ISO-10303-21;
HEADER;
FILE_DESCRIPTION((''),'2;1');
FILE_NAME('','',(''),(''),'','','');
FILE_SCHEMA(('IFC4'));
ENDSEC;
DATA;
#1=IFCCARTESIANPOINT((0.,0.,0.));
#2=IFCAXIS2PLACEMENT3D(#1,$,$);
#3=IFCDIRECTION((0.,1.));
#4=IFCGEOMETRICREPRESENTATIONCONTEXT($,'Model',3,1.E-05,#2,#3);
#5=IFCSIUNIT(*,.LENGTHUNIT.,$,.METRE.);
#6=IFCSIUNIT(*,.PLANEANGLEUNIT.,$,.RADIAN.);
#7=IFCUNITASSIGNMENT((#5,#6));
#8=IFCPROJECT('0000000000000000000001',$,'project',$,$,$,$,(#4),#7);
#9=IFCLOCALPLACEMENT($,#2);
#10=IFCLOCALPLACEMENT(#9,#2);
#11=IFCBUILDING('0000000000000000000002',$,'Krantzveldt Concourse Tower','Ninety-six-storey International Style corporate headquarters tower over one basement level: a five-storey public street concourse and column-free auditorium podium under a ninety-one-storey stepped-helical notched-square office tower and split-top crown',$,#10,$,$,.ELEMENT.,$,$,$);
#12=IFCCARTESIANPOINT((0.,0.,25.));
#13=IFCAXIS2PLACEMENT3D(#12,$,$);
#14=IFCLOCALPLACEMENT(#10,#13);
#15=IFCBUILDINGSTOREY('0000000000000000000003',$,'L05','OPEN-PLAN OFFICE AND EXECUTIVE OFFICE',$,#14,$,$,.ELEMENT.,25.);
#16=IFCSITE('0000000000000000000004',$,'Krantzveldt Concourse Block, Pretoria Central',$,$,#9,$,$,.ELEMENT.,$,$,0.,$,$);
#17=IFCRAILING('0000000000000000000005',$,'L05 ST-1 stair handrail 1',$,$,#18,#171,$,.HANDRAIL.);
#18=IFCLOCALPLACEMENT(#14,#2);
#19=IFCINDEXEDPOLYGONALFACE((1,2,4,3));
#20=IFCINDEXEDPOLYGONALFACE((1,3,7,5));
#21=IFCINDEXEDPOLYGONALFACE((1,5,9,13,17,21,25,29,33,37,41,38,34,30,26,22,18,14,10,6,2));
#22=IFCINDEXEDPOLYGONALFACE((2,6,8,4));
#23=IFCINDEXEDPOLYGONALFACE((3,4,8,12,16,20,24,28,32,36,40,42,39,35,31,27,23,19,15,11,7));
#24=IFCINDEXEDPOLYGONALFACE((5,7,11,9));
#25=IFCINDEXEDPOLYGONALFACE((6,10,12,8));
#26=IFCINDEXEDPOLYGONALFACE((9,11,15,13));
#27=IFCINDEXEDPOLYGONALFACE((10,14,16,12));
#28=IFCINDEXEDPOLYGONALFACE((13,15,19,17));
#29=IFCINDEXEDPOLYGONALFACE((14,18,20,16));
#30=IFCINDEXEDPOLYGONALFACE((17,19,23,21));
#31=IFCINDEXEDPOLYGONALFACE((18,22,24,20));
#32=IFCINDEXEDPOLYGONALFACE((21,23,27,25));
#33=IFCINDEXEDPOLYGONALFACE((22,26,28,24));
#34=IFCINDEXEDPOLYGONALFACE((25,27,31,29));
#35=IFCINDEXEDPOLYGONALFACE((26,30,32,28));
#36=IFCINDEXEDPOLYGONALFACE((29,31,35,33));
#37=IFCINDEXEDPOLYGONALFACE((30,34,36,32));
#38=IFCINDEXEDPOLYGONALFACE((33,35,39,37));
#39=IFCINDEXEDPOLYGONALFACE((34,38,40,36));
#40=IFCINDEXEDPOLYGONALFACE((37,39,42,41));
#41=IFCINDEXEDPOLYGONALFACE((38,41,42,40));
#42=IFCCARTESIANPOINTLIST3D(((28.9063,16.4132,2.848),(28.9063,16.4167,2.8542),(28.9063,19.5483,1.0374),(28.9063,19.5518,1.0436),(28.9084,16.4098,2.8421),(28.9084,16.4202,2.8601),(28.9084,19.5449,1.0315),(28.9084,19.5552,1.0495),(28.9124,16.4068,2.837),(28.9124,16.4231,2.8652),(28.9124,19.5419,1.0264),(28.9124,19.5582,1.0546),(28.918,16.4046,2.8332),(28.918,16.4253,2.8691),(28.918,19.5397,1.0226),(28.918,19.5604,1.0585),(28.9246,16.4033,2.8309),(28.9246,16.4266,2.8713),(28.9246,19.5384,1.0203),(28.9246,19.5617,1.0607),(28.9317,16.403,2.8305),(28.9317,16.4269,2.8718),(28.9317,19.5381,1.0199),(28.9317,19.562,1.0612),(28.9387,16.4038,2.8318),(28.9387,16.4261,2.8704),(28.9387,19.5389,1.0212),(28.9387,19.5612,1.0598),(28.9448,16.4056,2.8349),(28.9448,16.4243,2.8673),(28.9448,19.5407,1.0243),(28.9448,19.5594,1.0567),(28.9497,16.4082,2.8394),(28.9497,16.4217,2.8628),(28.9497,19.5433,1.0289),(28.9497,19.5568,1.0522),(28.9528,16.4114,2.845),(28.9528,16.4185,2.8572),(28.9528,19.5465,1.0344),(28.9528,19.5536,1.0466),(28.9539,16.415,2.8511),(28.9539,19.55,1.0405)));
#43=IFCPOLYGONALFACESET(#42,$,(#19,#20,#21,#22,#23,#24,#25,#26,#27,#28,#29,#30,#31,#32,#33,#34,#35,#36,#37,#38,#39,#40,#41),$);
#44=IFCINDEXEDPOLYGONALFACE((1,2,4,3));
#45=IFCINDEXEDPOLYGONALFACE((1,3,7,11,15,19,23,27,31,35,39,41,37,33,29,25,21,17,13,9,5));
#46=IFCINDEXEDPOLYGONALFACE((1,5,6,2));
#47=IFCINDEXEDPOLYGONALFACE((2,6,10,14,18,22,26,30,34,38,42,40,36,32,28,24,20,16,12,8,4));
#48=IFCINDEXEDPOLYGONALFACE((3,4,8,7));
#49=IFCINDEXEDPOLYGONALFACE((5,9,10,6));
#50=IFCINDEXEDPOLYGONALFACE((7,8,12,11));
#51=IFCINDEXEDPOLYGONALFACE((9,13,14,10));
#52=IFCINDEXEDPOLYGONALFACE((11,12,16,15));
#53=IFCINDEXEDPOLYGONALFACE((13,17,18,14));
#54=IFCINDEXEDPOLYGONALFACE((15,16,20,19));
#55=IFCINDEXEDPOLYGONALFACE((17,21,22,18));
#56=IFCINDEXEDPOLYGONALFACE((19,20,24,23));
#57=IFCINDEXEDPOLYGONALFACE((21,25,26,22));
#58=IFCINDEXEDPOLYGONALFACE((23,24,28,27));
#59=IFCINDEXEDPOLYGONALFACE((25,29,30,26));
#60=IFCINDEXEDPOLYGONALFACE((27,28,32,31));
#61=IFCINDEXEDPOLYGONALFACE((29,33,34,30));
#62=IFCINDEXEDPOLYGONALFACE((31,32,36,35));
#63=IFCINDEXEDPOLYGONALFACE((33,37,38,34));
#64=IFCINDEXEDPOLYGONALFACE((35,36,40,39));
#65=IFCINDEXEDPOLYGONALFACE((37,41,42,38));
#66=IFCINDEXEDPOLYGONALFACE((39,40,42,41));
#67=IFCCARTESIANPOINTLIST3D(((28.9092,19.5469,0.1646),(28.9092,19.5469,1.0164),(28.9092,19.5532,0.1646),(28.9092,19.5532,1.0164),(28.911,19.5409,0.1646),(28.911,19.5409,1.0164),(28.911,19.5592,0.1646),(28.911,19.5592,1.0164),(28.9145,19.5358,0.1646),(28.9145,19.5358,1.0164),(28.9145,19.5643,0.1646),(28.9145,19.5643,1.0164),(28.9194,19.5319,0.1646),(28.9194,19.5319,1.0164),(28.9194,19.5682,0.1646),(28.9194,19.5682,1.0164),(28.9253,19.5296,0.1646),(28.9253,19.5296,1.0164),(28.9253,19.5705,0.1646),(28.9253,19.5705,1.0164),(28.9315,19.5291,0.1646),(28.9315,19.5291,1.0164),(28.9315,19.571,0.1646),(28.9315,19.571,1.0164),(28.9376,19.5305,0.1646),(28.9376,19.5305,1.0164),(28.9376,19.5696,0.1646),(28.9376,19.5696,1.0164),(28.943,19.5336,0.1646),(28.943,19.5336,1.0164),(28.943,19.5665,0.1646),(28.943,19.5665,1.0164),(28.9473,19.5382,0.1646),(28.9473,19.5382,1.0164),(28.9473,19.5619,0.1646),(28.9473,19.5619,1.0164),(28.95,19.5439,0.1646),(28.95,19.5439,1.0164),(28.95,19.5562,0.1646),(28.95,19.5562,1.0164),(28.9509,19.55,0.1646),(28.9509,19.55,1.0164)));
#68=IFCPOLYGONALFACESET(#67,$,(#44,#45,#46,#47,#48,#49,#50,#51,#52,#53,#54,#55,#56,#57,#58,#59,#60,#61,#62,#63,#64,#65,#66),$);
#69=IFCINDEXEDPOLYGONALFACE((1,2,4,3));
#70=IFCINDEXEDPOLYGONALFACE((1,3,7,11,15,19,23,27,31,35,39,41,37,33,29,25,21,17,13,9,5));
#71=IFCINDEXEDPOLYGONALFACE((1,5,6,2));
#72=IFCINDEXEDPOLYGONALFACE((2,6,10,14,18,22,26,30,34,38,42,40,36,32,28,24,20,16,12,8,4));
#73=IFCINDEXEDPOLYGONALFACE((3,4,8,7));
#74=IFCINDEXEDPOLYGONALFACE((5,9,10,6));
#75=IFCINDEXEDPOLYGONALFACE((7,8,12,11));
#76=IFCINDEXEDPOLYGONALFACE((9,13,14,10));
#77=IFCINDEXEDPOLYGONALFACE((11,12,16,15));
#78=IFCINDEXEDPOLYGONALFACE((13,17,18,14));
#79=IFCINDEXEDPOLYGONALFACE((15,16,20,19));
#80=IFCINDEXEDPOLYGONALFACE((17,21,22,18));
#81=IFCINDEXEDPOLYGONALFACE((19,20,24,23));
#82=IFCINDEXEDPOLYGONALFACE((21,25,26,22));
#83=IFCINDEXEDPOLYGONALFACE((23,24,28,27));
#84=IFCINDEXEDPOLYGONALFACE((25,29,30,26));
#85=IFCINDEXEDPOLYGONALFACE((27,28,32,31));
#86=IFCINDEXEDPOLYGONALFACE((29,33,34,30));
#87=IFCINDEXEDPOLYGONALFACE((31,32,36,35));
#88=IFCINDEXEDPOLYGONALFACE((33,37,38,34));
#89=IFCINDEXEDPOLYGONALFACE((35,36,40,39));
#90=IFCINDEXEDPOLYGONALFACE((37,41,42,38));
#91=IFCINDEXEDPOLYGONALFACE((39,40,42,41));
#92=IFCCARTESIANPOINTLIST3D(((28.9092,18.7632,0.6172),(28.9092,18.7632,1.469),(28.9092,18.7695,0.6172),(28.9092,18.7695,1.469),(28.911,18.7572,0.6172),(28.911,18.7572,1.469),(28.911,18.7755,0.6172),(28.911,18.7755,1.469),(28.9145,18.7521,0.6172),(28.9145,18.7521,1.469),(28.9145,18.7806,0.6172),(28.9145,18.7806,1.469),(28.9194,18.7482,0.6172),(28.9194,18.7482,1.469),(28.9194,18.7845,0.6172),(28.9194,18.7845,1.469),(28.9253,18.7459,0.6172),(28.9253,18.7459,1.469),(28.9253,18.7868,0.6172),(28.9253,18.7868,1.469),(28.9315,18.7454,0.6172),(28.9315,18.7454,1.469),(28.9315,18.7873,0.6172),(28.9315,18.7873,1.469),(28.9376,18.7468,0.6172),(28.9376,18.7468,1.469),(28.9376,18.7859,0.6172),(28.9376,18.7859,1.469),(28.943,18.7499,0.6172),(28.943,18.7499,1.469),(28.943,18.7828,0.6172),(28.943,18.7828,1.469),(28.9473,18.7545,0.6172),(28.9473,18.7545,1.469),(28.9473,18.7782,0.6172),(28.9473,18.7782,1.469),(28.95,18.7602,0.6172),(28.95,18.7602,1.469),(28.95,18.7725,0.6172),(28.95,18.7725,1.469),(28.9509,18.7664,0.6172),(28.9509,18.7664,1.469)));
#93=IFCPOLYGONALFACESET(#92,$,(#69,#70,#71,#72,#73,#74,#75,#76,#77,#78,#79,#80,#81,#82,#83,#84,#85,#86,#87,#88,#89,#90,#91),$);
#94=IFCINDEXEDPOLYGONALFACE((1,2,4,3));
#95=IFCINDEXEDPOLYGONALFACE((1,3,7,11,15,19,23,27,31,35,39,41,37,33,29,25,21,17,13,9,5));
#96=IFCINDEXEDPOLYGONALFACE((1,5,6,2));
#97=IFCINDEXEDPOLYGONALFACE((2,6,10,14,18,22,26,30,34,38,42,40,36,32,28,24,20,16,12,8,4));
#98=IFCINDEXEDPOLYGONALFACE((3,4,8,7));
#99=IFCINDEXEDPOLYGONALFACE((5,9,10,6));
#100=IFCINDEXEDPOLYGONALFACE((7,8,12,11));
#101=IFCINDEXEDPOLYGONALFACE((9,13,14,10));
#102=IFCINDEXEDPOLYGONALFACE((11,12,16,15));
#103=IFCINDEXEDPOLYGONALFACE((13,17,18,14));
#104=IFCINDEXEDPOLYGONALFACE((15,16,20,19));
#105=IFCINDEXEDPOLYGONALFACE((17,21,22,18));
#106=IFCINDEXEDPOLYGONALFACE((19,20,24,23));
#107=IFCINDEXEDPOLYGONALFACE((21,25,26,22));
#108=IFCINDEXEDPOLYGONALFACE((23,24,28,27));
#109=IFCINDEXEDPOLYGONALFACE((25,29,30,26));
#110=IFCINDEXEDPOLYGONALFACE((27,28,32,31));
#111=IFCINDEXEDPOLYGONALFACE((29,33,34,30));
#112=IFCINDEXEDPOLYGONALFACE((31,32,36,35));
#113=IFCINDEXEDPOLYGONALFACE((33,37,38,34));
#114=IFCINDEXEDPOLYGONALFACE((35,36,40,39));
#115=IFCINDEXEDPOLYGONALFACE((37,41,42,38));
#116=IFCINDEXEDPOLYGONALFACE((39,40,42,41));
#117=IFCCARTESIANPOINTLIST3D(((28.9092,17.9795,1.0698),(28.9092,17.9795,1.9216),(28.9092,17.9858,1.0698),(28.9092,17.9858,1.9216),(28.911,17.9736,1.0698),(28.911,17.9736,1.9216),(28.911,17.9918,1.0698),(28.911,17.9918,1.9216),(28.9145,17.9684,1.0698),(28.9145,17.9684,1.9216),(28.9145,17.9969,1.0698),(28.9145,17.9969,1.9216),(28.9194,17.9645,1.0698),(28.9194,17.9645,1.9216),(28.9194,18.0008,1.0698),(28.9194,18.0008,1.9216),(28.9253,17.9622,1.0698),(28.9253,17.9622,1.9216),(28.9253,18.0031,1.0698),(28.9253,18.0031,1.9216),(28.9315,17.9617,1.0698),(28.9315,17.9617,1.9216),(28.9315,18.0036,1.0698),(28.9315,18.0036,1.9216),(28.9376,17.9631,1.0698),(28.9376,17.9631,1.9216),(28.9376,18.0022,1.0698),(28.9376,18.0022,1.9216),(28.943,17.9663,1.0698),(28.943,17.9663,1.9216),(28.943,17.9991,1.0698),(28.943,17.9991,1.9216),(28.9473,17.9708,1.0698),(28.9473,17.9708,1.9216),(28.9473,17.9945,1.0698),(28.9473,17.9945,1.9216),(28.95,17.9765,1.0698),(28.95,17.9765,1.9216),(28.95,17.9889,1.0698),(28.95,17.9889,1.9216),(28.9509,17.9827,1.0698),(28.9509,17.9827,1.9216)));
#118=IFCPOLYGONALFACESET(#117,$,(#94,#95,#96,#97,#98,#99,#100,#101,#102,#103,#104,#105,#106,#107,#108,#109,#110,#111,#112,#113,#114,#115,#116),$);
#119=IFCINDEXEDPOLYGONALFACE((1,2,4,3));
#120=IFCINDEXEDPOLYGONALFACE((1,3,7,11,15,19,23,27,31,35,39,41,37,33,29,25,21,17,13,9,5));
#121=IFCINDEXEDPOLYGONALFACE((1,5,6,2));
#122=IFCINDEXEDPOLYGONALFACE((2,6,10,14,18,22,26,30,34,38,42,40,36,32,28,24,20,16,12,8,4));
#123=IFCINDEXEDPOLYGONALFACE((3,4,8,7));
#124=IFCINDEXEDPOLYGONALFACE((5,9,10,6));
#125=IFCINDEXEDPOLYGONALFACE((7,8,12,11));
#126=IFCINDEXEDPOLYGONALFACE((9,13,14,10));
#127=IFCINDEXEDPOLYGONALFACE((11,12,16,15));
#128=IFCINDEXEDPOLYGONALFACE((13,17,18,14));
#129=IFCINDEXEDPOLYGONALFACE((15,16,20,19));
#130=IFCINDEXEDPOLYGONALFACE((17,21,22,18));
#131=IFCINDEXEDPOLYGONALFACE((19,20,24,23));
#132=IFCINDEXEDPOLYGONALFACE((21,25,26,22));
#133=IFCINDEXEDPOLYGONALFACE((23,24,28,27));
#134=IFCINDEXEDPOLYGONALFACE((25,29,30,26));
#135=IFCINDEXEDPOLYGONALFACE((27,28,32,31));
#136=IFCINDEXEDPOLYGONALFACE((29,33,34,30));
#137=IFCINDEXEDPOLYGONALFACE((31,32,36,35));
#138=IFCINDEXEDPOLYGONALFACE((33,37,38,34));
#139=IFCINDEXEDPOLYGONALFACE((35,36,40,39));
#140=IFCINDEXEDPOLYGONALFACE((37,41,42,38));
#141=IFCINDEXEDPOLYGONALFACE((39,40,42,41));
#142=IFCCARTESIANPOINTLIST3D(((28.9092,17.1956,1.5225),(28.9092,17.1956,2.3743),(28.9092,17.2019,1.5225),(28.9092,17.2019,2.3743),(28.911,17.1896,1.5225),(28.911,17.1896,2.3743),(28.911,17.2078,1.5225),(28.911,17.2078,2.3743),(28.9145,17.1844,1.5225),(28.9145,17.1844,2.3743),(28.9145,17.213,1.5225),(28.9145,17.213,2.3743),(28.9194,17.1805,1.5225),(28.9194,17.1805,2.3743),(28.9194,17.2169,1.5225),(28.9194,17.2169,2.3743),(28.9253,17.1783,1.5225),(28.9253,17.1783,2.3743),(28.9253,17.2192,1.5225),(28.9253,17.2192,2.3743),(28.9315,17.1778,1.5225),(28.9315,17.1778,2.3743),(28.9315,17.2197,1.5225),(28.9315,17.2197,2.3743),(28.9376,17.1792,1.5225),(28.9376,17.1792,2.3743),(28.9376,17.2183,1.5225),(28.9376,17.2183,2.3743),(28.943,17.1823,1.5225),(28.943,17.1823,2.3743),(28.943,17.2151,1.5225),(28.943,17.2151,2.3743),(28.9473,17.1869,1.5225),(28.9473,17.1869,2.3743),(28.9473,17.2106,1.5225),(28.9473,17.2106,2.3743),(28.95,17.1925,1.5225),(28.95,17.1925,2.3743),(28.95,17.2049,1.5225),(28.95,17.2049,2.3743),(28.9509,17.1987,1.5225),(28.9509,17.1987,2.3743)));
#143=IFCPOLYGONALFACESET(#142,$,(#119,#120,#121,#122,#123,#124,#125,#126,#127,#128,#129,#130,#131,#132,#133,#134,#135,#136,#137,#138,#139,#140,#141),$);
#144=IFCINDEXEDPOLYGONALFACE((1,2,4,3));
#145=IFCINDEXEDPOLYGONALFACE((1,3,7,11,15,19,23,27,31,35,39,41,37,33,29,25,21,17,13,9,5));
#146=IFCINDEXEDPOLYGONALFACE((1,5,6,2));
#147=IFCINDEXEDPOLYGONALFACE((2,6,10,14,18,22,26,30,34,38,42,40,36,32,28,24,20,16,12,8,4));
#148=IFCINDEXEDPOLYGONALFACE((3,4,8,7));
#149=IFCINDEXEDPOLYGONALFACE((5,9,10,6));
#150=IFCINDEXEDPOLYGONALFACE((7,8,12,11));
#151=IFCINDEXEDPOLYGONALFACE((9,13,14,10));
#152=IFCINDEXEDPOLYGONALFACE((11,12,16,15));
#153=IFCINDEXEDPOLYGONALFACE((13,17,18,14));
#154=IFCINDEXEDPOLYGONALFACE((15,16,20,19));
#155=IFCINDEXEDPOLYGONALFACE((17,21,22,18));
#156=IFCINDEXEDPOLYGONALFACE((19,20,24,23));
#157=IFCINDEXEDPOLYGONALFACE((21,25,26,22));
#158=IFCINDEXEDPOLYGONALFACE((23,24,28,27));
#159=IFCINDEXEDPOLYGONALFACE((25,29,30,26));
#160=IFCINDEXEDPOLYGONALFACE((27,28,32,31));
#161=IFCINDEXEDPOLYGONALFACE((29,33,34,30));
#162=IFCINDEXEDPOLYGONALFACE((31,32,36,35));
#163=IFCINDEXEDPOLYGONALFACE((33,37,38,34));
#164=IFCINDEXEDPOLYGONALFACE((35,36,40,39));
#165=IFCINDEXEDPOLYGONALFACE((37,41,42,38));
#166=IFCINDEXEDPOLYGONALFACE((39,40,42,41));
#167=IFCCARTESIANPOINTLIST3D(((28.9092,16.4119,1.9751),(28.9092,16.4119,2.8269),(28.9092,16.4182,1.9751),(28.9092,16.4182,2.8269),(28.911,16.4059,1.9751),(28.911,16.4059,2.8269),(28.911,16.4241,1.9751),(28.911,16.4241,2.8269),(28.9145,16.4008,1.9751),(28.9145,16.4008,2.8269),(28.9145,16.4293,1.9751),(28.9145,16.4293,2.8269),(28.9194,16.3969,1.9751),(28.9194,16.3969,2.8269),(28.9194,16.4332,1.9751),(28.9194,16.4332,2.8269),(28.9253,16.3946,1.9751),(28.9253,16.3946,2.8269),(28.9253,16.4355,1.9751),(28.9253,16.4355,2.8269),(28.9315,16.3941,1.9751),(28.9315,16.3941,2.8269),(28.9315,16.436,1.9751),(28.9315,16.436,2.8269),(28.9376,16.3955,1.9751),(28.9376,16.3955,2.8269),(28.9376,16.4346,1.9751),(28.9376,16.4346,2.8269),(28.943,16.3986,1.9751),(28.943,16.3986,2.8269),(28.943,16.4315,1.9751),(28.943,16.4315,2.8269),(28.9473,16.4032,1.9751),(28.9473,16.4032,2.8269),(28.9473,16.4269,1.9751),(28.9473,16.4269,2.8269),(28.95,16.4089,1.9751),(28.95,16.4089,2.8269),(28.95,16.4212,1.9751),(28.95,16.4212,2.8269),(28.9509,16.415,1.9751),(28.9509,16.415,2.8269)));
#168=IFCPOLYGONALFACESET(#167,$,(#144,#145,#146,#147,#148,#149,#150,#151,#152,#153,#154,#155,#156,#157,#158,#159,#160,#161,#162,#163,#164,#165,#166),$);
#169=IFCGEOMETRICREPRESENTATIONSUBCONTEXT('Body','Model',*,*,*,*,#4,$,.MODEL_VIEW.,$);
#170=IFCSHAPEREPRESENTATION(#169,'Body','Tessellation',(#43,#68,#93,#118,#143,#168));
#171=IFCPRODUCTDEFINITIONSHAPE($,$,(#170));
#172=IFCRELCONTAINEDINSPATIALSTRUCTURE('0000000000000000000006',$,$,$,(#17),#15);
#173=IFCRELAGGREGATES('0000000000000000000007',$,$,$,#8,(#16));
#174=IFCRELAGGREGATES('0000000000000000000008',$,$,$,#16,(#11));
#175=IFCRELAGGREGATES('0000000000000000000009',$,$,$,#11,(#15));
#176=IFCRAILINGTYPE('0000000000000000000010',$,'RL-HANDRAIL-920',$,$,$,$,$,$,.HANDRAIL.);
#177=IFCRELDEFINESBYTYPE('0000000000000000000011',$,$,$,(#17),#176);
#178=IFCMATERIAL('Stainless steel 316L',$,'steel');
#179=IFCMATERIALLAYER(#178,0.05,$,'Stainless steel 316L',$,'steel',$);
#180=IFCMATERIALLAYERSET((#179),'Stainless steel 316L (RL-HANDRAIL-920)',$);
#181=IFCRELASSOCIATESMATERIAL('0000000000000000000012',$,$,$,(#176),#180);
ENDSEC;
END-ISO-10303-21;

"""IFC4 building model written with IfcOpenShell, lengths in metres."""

from ifc_helpers import new_model, si_unit, direction, frame, origin, origin_2d, place, context, subcontext, project, spatial, circle, extrude, material, layer, layer_set, type_object, element, save


model = new_model("IFC4")

# Units and contexts
model_context = context("Model", 3, precision=1e-05, world=origin(), true_north=direction((0.0, 1.0)))
body_context = subcontext(model_context, "Body", "Model", "MODEL_VIEW")
ifc_project = project(units=[si_unit("LENGTHUNIT", "METRE"), si_unit("PLANEANGLEUNIT", "RADIAN")], contexts=[model_context])

# Site, building, storey
site_placement = place(None, origin())
site = spatial("IfcSite", under=ifc_project, at=site_placement, Name="Krantzveldt Concourse Block, Pretoria Central", CompositionType="ELEMENT", RefElevation=0.0)
building_placement = place(site_placement, origin())
building = spatial("IfcBuilding", under=site, at=building_placement, Name="Krantzveldt Concourse Tower", Description="Ninety-six-storey International Style corporate headquarters tower over one basement level: a five-storey public street concourse and column-free auditorium podium under a ninety-one-storey stepped-helical notched-square office tower and split-top crown", CompositionType="ELEMENT")
storey_placement = place(building_placement, frame((0.0, 0.0, 25.0)))
storey = spatial("IfcBuildingStorey", under=building, at=storey_placement, Name="L05", Description="OPEN-PLAN OFFICE AND EXECUTIVE OFFICE", CompositionType="ELEMENT", Elevation=25.0)

# Shared definitions
ifc_material_1 = material(Name="Stainless steel 316L", Category="steel")

# Railing
ifc_layer_1 = layer(ifc_material_1, 0.05, Name="Stainless steel 316L", Category="steel")
ifc_layer_set_1 = layer_set([ifc_layer_1], Name="Stainless steel 316L (RL-HANDRAIL-920)")
railing_type_1 = type_object("IfcRailingType", Name="RL-HANDRAIL-920", PredefinedType="HANDRAIL", material=ifc_layer_set_1)
railing_1_placement = place(storey_placement, frame((28.9299, 19.55, 0.1646)))
element("IfcRailing", 1, at=railing_1_placement, inside=storey, type_object=railing_type_1, Name="L05 ST-1 stair handrail 1", PredefinedType="HANDRAIL", context=body_context, shape_type="SweptSolid", body=[
    extrude(circle(Radius=0.0239, at=origin_2d()), frame((0.0, 0.0, 0.876), z_axis=(0.0, -0.86596, 0.500114), x_axis=(1.0, 0.0, 0.0)), (0.0, 0.0, 1.0), 3.6204),
    extrude(circle(Radius=0.021, at=origin_2d()), origin(), (0.0, 0.0, 1.0), 0.8518),
    extrude(circle(Radius=0.021, at=origin_2d()), frame((0.0, -0.7837, 0.4526)), (0.0, 0.0, 1.0), 0.8518),
    extrude(circle(Radius=0.021, at=origin_2d()), frame((0.0, -1.5674, 0.9053)), (0.0, 0.0, 1.0), 0.8518),
    extrude(circle(Radius=0.021, at=origin_2d()), frame((0.0, -2.3513, 1.3579)), (0.0, 0.0, 1.0), 0.8518),
    extrude(circle(Radius=0.021, at=origin_2d()), frame((0.0, -3.135, 1.8105)), (0.0, 0.0, 1.0), 0.8518),
])

save(model, "model.ifc")
